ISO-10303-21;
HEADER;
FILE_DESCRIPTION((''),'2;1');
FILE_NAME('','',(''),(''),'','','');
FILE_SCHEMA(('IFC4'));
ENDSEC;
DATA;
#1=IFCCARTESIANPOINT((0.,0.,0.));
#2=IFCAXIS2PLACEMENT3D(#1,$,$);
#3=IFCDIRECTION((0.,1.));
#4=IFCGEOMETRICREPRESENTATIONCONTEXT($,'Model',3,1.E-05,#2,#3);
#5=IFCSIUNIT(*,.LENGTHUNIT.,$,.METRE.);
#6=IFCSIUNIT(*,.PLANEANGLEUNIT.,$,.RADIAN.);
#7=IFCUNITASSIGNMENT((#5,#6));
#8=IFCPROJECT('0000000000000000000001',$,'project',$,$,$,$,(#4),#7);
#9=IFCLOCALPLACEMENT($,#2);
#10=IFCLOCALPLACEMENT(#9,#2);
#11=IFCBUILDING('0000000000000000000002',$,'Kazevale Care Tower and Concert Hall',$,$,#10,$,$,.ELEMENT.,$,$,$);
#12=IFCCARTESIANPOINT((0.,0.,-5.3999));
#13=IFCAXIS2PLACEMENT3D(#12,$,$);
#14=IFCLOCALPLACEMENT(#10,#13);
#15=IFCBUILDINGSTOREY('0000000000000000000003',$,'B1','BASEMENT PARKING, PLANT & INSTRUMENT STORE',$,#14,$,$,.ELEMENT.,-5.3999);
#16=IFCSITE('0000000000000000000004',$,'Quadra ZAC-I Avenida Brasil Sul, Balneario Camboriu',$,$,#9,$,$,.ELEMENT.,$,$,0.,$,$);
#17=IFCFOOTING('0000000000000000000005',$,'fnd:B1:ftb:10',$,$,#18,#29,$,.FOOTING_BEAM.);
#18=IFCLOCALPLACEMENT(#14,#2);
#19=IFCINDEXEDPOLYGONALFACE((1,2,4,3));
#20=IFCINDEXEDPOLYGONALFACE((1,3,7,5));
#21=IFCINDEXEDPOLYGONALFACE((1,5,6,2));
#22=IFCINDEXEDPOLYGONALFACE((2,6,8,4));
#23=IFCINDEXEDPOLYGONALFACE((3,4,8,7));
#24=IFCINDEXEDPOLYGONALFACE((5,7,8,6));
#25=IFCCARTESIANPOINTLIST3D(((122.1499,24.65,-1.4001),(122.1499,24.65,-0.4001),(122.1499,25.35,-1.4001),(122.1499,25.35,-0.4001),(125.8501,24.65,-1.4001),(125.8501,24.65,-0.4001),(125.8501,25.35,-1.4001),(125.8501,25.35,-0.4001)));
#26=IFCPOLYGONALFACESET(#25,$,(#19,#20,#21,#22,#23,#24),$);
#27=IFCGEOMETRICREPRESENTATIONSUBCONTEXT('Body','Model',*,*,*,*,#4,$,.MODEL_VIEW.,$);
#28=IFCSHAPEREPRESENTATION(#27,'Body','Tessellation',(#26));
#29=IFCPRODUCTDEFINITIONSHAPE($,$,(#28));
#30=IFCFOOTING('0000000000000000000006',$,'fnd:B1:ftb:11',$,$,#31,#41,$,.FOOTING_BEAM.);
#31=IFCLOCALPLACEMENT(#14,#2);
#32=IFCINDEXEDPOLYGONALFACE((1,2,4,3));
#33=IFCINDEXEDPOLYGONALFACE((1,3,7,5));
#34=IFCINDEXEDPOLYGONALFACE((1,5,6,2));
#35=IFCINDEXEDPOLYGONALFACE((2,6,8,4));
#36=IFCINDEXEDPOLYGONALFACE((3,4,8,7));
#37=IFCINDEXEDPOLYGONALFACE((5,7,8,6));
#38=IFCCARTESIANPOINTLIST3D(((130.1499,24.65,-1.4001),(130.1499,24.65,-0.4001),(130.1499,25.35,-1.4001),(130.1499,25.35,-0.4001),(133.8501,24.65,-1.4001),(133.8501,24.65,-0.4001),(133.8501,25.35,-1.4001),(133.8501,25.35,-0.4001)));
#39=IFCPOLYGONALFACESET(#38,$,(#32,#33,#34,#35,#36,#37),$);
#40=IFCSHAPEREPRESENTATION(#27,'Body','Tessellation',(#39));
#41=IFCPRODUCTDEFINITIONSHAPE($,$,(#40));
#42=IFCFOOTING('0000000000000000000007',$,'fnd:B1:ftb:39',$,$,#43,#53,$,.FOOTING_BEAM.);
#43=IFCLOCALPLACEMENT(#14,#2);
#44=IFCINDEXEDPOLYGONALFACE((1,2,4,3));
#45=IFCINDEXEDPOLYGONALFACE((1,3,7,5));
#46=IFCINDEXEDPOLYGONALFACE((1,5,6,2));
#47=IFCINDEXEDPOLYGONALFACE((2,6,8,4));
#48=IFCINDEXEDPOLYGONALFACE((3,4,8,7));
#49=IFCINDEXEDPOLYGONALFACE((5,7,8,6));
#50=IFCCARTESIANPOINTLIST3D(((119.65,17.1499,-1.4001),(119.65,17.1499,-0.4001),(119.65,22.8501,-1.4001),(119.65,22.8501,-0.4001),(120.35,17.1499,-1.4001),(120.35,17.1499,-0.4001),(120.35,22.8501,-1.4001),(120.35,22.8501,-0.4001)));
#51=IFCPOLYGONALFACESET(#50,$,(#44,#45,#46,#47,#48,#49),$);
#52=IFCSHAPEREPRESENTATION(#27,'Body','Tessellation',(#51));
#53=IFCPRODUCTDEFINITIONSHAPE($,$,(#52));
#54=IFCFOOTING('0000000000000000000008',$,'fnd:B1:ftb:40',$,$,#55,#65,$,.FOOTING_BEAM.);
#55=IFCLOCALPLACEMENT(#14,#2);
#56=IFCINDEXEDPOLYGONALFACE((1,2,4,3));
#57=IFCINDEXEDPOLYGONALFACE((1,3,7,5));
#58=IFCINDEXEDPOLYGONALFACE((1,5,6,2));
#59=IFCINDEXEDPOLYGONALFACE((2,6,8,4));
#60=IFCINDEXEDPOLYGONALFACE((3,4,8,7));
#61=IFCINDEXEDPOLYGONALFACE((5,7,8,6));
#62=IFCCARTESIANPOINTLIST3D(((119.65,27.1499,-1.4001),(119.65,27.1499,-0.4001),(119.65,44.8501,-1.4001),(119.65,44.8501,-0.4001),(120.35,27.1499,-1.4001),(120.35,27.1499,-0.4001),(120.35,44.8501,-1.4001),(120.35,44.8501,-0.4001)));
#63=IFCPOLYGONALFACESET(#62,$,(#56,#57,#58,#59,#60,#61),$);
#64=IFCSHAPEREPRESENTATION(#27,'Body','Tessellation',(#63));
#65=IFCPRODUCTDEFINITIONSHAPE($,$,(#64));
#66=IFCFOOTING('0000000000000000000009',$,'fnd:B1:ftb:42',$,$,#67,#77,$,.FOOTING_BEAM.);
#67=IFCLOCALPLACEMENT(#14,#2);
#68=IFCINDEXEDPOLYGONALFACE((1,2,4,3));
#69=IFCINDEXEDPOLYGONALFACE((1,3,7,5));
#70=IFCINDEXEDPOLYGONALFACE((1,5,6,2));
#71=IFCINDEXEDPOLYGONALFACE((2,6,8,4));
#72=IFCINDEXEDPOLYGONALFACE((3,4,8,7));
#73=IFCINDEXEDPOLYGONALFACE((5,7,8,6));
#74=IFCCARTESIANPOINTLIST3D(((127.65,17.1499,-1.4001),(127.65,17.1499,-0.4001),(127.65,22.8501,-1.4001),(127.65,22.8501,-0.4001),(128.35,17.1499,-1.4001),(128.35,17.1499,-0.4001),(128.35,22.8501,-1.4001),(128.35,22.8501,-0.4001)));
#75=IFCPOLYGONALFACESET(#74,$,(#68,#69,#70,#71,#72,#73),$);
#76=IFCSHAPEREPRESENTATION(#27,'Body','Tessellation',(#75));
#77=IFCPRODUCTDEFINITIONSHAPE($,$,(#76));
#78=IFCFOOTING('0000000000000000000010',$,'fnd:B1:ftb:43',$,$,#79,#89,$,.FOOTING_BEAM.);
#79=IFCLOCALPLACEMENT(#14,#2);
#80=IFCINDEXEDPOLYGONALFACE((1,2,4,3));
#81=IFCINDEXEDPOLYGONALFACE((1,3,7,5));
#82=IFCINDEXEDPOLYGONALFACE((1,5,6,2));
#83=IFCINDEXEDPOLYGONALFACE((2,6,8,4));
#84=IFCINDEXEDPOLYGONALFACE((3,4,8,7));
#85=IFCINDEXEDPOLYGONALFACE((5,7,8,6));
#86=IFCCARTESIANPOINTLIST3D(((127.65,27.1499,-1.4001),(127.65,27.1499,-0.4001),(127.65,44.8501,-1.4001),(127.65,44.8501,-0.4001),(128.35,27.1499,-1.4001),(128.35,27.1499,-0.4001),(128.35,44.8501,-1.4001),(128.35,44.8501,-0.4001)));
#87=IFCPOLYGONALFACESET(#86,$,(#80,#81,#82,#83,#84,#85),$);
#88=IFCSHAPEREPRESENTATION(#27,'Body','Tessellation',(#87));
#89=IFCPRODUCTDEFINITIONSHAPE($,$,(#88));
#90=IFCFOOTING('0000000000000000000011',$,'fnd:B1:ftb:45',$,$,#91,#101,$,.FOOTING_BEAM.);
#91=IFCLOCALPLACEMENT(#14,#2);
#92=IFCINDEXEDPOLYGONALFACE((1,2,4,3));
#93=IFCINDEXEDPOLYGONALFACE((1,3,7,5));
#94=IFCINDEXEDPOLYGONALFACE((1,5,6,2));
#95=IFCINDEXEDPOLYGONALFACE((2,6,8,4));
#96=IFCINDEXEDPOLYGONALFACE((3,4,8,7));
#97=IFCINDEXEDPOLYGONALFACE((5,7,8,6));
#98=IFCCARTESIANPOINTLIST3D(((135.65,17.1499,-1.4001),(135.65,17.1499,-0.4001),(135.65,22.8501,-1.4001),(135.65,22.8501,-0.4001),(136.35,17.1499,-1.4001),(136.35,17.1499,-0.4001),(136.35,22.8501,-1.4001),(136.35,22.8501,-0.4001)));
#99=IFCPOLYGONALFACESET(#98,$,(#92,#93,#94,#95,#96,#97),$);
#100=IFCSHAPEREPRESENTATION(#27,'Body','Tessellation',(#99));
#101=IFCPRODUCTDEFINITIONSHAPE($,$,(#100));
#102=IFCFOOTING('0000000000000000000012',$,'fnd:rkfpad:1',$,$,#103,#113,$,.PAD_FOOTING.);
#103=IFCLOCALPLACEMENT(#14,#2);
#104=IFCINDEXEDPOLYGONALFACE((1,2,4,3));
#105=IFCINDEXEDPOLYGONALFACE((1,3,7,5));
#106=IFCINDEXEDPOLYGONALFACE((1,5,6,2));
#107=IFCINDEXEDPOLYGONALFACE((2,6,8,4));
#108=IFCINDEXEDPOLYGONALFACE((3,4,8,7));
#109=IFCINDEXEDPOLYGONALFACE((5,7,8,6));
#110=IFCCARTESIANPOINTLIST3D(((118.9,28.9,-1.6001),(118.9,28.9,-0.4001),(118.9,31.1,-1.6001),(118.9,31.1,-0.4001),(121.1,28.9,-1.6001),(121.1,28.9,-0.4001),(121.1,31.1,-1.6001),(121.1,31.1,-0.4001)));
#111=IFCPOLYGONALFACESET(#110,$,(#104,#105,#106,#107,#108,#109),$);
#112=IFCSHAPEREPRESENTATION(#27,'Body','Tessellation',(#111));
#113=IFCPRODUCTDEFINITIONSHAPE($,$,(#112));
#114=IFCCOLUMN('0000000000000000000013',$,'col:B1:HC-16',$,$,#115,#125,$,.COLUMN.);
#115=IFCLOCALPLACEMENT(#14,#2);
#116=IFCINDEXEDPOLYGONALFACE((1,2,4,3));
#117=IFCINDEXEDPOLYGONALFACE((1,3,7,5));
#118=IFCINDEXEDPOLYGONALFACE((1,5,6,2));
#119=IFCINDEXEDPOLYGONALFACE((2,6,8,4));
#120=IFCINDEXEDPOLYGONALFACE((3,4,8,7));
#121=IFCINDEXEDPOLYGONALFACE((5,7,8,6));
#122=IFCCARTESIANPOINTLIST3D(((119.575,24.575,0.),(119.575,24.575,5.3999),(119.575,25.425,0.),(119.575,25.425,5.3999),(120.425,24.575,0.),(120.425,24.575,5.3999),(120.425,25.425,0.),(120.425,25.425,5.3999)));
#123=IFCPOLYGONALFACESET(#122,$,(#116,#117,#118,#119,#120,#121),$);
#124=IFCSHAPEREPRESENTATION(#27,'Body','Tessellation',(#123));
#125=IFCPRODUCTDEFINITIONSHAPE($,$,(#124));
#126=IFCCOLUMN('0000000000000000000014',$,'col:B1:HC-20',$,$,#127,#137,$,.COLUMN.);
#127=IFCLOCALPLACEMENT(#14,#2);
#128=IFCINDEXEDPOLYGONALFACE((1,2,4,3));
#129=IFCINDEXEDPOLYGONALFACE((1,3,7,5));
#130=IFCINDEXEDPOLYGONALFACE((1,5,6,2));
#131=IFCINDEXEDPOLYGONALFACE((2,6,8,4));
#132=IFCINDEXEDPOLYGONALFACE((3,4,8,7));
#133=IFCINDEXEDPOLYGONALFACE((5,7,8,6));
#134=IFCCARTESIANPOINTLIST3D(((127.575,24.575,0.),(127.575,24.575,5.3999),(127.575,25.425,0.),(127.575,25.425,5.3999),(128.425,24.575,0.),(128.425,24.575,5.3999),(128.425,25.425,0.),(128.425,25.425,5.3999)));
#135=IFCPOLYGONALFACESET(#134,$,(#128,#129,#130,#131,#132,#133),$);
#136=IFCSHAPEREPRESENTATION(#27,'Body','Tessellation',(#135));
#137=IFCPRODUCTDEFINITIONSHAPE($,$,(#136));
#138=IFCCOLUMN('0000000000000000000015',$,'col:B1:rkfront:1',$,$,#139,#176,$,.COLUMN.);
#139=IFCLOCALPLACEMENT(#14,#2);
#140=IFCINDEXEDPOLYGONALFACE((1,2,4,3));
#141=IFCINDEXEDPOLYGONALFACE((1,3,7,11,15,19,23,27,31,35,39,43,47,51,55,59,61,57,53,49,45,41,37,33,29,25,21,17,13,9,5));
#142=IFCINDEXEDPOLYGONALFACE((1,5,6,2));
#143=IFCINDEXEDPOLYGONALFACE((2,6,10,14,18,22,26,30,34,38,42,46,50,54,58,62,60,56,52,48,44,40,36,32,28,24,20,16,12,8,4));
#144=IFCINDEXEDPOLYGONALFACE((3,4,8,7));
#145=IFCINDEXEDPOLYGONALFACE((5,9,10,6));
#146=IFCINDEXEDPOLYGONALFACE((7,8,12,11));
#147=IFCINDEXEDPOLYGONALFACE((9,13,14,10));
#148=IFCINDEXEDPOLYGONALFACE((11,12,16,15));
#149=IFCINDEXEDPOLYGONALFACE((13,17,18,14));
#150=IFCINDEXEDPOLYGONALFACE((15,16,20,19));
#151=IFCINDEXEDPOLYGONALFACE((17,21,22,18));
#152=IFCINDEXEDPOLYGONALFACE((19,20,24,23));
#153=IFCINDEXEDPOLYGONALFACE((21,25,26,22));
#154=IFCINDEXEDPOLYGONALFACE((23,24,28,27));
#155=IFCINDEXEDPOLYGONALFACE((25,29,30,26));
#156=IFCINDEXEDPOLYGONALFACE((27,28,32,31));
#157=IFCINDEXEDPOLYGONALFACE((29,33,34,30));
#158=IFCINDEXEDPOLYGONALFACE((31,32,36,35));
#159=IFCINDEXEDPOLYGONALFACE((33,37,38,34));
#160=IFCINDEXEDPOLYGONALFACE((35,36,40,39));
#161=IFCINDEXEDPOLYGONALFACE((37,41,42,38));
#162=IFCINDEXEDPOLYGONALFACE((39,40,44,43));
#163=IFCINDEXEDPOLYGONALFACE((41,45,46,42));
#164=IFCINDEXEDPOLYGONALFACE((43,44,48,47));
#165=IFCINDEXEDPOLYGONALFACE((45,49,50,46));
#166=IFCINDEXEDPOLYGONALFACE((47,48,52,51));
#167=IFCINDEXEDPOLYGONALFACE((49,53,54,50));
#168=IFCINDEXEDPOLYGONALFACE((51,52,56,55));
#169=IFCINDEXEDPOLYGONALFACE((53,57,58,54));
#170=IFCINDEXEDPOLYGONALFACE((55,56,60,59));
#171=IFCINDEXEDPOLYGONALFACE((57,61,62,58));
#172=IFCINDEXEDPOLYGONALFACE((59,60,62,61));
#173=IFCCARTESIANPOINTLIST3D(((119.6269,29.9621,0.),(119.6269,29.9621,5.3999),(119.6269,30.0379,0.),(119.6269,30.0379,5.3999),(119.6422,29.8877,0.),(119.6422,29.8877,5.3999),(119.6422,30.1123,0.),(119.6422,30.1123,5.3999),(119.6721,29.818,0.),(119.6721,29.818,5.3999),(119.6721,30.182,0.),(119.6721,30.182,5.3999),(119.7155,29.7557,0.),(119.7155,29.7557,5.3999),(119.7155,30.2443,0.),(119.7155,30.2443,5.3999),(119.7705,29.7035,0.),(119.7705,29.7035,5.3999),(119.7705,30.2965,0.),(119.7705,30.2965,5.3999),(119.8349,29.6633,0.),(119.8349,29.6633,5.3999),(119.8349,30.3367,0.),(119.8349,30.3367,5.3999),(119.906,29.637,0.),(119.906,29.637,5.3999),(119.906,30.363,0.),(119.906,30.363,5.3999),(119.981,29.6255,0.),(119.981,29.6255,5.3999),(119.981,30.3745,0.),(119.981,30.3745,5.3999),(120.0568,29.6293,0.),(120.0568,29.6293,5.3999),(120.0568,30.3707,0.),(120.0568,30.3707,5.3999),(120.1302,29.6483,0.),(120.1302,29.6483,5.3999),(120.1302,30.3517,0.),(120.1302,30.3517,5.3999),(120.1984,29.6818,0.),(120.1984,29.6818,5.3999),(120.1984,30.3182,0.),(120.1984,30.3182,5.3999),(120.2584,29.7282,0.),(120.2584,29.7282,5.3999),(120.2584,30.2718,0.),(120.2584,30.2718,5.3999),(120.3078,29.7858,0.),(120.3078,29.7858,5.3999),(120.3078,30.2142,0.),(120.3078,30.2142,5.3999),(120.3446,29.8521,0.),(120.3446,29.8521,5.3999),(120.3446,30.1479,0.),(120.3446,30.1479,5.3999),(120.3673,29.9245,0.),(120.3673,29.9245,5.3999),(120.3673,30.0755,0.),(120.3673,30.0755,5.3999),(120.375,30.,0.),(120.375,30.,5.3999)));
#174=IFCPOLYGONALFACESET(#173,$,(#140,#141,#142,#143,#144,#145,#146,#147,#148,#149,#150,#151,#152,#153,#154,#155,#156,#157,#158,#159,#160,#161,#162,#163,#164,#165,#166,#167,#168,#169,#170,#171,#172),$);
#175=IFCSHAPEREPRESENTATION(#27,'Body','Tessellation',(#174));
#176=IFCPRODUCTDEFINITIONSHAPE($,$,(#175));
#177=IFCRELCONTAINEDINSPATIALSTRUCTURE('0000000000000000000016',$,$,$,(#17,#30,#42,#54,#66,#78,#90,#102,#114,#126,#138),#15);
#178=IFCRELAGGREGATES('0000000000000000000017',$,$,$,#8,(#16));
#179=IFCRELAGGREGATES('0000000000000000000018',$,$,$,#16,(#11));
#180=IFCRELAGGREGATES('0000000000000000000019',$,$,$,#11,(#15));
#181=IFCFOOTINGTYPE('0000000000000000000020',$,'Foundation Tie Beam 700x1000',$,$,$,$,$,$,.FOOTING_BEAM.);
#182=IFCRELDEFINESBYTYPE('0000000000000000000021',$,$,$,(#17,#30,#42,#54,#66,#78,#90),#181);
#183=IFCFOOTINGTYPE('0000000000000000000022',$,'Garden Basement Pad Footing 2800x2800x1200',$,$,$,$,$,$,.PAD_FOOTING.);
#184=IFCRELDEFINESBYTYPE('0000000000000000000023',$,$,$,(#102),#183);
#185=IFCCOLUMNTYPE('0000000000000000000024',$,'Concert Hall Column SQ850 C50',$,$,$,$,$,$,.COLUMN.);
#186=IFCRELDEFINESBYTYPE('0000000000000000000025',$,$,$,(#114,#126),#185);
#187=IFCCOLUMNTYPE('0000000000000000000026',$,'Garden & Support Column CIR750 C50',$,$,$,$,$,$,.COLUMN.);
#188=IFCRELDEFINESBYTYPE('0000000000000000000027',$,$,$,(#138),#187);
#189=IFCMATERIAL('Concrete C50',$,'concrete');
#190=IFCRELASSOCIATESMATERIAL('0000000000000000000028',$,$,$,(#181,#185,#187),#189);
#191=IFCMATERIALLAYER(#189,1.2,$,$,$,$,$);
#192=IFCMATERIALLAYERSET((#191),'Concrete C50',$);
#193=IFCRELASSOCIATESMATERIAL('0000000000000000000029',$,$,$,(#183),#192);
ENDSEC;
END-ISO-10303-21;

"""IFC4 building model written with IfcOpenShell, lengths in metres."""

from ifc_helpers import new_model, si_unit, direction, frame, frame_2d, origin, origin_2d, place, context, subcontext, project, spatial, rectangle, circle, extrude, material, layer, layer_set, material_profile, profile_set, type_object, element, save


model = new_model("IFC4")

# Units and contexts
model_context = context("Model", 3, precision=1e-05, world=origin(), true_north=direction((0.0, 1.0)))
body_context = subcontext(model_context, "Body", "Model", "MODEL_VIEW")
ifc_project = project(units=[si_unit("LENGTHUNIT", "METRE"), si_unit("PLANEANGLEUNIT", "RADIAN")], contexts=[model_context])

# Site, building, storey
site_placement = place(None, origin())
site = spatial("IfcSite", under=ifc_project, at=site_placement, Name="Quadra ZAC-I Avenida Brasil Sul, Balneario Camboriu", CompositionType="ELEMENT", RefElevation=0.0)
building_placement = place(site_placement, origin())
building = spatial("IfcBuilding", under=site, at=building_placement, Name="Kazevale Care Tower and Concert Hall", CompositionType="ELEMENT")
storey_placement = place(building_placement, frame((0.0, 0.0, -5.3999)))
storey = spatial("IfcBuildingStorey", under=building, at=storey_placement, Name="B1", Description="BASEMENT PARKING, PLANT & INSTRUMENT STORE", CompositionType="ELEMENT", Elevation=-5.3999)

# Shared definitions
ifc_material_1 = material(Name="Concrete C50", Category="concrete")

# Footings
ifc_material_profile_1 = material_profile(ifc_material_1, rectangle(XDim=0.7, YDim=1.0, at=origin_2d()), Name="RC-GB700x1000")
ifc_profile_set_1 = profile_set([ifc_material_profile_1], Name="Concrete C50")
footing_type_1 = type_object("IfcFootingType", Name="Foundation Tie Beam 700x1000", PredefinedType="FOOTING_BEAM", material=ifc_profile_set_1)
for number, where, z_axis, x_axis, name in (
    (1, (122.1499, 25.0, -1.4001), (0.0, 0.0, 1.0), (1.0, 0.0, 0.0), "fnd:B1:ftb:10"),
    (2, (130.1499, 25.0, -1.4001), (0.0, 0.0, 1.0), (1.0, 0.0, 0.0), "fnd:B1:ftb:11"),
):
    element("IfcFooting", number, at=place(storey_placement, frame(where, z_axis=z_axis, x_axis=x_axis)), inside=storey, type_object=footing_type_1, Name=name, PredefinedType="FOOTING_BEAM", context=body_context, shape_type="SweptSolid", body=[
        extrude(rectangle(XDim=3.7002, YDim=0.7, at=frame_2d((1.8501, 0.0))), origin(), (0.0, 0.0, 1.0), 1.0),
    ])
footing_1_placement = place(storey_placement, frame((120.0, 17.1499, -1.4001), z_axis=(0.0, 0.0, 1.0), x_axis=(0.0, 1.0, 0.0)))
element("IfcFooting", 3, at=footing_1_placement, inside=storey, type_object=footing_type_1, Name="fnd:B1:ftb:39", PredefinedType="FOOTING_BEAM", context=body_context, shape_type="SweptSolid", body=[
    extrude(rectangle(XDim=5.7002, YDim=0.7, at=frame_2d((2.8501, 0.0))), origin(), (0.0, 0.0, 1.0), 1.0),
])
footing_2_placement = place(storey_placement, frame((120.0, 27.1499, -1.4001), z_axis=(0.0, 0.0, 1.0), x_axis=(0.0, 1.0, 0.0)))
element("IfcFooting", 4, at=footing_2_placement, inside=storey, type_object=footing_type_1, Name="fnd:B1:ftb:40", PredefinedType="FOOTING_BEAM", context=body_context, shape_type="SweptSolid", body=[
    extrude(rectangle(XDim=17.7002, YDim=0.7, at=frame_2d((8.8501, 0.0))), origin(), (0.0, 0.0, 1.0), 1.0),
])
footing_3_placement = place(storey_placement, frame((128.0, 17.1499, -1.4001), z_axis=(0.0, 0.0, 1.0), x_axis=(0.0, 1.0, 0.0)))
element("IfcFooting", 5, at=footing_3_placement, inside=storey, type_object=footing_type_1, Name="fnd:B1:ftb:42", PredefinedType="FOOTING_BEAM", context=body_context, shape_type="SweptSolid", body=[
    extrude(rectangle(XDim=5.7002, YDim=0.7, at=frame_2d((2.8501, 0.0))), origin(), (0.0, 0.0, 1.0), 1.0),
])
footing_4_placement = place(storey_placement, frame((128.0, 27.1499, -1.4001), z_axis=(0.0, 0.0, 1.0), x_axis=(0.0, 1.0, 0.0)))
element("IfcFooting", 6, at=footing_4_placement, inside=storey, type_object=footing_type_1, Name="fnd:B1:ftb:43", PredefinedType="FOOTING_BEAM", context=body_context, shape_type="SweptSolid", body=[
    extrude(rectangle(XDim=17.7002, YDim=0.7, at=frame_2d((8.8501, 0.0))), origin(), (0.0, 0.0, 1.0), 1.0),
])
footing_5_placement = place(storey_placement, frame((136.0, 17.1499, -1.4001), z_axis=(0.0, 0.0, 1.0), x_axis=(0.0, 1.0, 0.0)))
element("IfcFooting", 7, at=footing_5_placement, inside=storey, type_object=footing_type_1, Name="fnd:B1:ftb:45", PredefinedType="FOOTING_BEAM", context=body_context, shape_type="SweptSolid", body=[
    extrude(rectangle(XDim=5.7002, YDim=0.7, at=frame_2d((2.8501, 0.0))), origin(), (0.0, 0.0, 1.0), 1.0),
])
ifc_layer_1 = layer(ifc_material_1, 1.2)
ifc_layer_set_1 = layer_set([ifc_layer_1], Name="Concrete C50")
footing_type_2 = type_object("IfcFootingType", Name="Garden Basement Pad Footing 2800x2800x1200", PredefinedType="PAD_FOOTING", material=ifc_layer_set_1)
footing_6_placement = place(storey_placement, frame((120.0, 30.0, -1.6001), z_axis=(0.0, 0.0, 1.0), x_axis=(1.0, 0.0, 0.0)))
element("IfcFooting", 8, at=footing_6_placement, inside=storey, type_object=footing_type_2, Name="fnd:rkfpad:1", PredefinedType="PAD_FOOTING", context=body_context, shape_type="SweptSolid", body=[
    extrude(rectangle(XDim=2.2, YDim=2.2, at=origin_2d()), origin(), (0.0, 0.0, 1.0), 1.2),
])

# Columns
ifc_material_profile_2 = material_profile(ifc_material_1, rectangle(XDim=0.8501, YDim=0.8501, at=origin_2d()), Name="RC-SQ850")
ifc_profile_set_2 = profile_set([ifc_material_profile_2], Name="Concrete C50")
column_type_1 = type_object("IfcColumnType", Name="Concert Hall Column SQ850 C50", PredefinedType="COLUMN", material=ifc_profile_set_2)
for number, where, z_axis, x_axis, name in (
    (9, (120.0, 25.0, 0.0), (0.0, 0.0, 1.0), (1.0, 0.0, 0.0), "col:B1:HC-16"),
    (10, (128.0, 25.0, 0.0), (0.0, 0.0, 1.0), (1.0, 0.0, 0.0), "col:B1:HC-20"),
):
    element("IfcColumn", number, at=place(storey_placement, frame(where, z_axis=z_axis, x_axis=x_axis)), inside=storey, type_object=column_type_1, Name=name, PredefinedType="COLUMN", context=body_context, shape_type="SweptSolid", body=[
        extrude(rectangle(XDim=0.8501, YDim=0.8501, at=origin_2d()), origin(), (0.0, 0.0, 1.0), 5.3999),
    ])
ifc_material_profile_3 = material_profile(ifc_material_1, circle(Radius=0.375, at=origin_2d()), Name="RC-CIR750")
ifc_profile_set_3 = profile_set([ifc_material_profile_3], Name="Concrete C50")
column_type_2 = type_object("IfcColumnType", Name="Garden & Support Column CIR750 C50", PredefinedType="COLUMN", material=ifc_profile_set_3)
column_placement = place(storey_placement, frame((120.0, 30.0, 0.0), z_axis=(0.0, 0.0, 1.0), x_axis=(1.0, 0.0, 0.0)))
element("IfcColumn", 11, at=column_placement, inside=storey, type_object=column_type_2, Name="col:B1:rkfront:1", PredefinedType="COLUMN", context=body_context, shape_type="SweptSolid", body=[
    extrude(circle(Radius=0.375, at=origin_2d()), origin(), (0.0, 0.0, 1.0), 5.3999),
])

save(model, "model.ifc")
